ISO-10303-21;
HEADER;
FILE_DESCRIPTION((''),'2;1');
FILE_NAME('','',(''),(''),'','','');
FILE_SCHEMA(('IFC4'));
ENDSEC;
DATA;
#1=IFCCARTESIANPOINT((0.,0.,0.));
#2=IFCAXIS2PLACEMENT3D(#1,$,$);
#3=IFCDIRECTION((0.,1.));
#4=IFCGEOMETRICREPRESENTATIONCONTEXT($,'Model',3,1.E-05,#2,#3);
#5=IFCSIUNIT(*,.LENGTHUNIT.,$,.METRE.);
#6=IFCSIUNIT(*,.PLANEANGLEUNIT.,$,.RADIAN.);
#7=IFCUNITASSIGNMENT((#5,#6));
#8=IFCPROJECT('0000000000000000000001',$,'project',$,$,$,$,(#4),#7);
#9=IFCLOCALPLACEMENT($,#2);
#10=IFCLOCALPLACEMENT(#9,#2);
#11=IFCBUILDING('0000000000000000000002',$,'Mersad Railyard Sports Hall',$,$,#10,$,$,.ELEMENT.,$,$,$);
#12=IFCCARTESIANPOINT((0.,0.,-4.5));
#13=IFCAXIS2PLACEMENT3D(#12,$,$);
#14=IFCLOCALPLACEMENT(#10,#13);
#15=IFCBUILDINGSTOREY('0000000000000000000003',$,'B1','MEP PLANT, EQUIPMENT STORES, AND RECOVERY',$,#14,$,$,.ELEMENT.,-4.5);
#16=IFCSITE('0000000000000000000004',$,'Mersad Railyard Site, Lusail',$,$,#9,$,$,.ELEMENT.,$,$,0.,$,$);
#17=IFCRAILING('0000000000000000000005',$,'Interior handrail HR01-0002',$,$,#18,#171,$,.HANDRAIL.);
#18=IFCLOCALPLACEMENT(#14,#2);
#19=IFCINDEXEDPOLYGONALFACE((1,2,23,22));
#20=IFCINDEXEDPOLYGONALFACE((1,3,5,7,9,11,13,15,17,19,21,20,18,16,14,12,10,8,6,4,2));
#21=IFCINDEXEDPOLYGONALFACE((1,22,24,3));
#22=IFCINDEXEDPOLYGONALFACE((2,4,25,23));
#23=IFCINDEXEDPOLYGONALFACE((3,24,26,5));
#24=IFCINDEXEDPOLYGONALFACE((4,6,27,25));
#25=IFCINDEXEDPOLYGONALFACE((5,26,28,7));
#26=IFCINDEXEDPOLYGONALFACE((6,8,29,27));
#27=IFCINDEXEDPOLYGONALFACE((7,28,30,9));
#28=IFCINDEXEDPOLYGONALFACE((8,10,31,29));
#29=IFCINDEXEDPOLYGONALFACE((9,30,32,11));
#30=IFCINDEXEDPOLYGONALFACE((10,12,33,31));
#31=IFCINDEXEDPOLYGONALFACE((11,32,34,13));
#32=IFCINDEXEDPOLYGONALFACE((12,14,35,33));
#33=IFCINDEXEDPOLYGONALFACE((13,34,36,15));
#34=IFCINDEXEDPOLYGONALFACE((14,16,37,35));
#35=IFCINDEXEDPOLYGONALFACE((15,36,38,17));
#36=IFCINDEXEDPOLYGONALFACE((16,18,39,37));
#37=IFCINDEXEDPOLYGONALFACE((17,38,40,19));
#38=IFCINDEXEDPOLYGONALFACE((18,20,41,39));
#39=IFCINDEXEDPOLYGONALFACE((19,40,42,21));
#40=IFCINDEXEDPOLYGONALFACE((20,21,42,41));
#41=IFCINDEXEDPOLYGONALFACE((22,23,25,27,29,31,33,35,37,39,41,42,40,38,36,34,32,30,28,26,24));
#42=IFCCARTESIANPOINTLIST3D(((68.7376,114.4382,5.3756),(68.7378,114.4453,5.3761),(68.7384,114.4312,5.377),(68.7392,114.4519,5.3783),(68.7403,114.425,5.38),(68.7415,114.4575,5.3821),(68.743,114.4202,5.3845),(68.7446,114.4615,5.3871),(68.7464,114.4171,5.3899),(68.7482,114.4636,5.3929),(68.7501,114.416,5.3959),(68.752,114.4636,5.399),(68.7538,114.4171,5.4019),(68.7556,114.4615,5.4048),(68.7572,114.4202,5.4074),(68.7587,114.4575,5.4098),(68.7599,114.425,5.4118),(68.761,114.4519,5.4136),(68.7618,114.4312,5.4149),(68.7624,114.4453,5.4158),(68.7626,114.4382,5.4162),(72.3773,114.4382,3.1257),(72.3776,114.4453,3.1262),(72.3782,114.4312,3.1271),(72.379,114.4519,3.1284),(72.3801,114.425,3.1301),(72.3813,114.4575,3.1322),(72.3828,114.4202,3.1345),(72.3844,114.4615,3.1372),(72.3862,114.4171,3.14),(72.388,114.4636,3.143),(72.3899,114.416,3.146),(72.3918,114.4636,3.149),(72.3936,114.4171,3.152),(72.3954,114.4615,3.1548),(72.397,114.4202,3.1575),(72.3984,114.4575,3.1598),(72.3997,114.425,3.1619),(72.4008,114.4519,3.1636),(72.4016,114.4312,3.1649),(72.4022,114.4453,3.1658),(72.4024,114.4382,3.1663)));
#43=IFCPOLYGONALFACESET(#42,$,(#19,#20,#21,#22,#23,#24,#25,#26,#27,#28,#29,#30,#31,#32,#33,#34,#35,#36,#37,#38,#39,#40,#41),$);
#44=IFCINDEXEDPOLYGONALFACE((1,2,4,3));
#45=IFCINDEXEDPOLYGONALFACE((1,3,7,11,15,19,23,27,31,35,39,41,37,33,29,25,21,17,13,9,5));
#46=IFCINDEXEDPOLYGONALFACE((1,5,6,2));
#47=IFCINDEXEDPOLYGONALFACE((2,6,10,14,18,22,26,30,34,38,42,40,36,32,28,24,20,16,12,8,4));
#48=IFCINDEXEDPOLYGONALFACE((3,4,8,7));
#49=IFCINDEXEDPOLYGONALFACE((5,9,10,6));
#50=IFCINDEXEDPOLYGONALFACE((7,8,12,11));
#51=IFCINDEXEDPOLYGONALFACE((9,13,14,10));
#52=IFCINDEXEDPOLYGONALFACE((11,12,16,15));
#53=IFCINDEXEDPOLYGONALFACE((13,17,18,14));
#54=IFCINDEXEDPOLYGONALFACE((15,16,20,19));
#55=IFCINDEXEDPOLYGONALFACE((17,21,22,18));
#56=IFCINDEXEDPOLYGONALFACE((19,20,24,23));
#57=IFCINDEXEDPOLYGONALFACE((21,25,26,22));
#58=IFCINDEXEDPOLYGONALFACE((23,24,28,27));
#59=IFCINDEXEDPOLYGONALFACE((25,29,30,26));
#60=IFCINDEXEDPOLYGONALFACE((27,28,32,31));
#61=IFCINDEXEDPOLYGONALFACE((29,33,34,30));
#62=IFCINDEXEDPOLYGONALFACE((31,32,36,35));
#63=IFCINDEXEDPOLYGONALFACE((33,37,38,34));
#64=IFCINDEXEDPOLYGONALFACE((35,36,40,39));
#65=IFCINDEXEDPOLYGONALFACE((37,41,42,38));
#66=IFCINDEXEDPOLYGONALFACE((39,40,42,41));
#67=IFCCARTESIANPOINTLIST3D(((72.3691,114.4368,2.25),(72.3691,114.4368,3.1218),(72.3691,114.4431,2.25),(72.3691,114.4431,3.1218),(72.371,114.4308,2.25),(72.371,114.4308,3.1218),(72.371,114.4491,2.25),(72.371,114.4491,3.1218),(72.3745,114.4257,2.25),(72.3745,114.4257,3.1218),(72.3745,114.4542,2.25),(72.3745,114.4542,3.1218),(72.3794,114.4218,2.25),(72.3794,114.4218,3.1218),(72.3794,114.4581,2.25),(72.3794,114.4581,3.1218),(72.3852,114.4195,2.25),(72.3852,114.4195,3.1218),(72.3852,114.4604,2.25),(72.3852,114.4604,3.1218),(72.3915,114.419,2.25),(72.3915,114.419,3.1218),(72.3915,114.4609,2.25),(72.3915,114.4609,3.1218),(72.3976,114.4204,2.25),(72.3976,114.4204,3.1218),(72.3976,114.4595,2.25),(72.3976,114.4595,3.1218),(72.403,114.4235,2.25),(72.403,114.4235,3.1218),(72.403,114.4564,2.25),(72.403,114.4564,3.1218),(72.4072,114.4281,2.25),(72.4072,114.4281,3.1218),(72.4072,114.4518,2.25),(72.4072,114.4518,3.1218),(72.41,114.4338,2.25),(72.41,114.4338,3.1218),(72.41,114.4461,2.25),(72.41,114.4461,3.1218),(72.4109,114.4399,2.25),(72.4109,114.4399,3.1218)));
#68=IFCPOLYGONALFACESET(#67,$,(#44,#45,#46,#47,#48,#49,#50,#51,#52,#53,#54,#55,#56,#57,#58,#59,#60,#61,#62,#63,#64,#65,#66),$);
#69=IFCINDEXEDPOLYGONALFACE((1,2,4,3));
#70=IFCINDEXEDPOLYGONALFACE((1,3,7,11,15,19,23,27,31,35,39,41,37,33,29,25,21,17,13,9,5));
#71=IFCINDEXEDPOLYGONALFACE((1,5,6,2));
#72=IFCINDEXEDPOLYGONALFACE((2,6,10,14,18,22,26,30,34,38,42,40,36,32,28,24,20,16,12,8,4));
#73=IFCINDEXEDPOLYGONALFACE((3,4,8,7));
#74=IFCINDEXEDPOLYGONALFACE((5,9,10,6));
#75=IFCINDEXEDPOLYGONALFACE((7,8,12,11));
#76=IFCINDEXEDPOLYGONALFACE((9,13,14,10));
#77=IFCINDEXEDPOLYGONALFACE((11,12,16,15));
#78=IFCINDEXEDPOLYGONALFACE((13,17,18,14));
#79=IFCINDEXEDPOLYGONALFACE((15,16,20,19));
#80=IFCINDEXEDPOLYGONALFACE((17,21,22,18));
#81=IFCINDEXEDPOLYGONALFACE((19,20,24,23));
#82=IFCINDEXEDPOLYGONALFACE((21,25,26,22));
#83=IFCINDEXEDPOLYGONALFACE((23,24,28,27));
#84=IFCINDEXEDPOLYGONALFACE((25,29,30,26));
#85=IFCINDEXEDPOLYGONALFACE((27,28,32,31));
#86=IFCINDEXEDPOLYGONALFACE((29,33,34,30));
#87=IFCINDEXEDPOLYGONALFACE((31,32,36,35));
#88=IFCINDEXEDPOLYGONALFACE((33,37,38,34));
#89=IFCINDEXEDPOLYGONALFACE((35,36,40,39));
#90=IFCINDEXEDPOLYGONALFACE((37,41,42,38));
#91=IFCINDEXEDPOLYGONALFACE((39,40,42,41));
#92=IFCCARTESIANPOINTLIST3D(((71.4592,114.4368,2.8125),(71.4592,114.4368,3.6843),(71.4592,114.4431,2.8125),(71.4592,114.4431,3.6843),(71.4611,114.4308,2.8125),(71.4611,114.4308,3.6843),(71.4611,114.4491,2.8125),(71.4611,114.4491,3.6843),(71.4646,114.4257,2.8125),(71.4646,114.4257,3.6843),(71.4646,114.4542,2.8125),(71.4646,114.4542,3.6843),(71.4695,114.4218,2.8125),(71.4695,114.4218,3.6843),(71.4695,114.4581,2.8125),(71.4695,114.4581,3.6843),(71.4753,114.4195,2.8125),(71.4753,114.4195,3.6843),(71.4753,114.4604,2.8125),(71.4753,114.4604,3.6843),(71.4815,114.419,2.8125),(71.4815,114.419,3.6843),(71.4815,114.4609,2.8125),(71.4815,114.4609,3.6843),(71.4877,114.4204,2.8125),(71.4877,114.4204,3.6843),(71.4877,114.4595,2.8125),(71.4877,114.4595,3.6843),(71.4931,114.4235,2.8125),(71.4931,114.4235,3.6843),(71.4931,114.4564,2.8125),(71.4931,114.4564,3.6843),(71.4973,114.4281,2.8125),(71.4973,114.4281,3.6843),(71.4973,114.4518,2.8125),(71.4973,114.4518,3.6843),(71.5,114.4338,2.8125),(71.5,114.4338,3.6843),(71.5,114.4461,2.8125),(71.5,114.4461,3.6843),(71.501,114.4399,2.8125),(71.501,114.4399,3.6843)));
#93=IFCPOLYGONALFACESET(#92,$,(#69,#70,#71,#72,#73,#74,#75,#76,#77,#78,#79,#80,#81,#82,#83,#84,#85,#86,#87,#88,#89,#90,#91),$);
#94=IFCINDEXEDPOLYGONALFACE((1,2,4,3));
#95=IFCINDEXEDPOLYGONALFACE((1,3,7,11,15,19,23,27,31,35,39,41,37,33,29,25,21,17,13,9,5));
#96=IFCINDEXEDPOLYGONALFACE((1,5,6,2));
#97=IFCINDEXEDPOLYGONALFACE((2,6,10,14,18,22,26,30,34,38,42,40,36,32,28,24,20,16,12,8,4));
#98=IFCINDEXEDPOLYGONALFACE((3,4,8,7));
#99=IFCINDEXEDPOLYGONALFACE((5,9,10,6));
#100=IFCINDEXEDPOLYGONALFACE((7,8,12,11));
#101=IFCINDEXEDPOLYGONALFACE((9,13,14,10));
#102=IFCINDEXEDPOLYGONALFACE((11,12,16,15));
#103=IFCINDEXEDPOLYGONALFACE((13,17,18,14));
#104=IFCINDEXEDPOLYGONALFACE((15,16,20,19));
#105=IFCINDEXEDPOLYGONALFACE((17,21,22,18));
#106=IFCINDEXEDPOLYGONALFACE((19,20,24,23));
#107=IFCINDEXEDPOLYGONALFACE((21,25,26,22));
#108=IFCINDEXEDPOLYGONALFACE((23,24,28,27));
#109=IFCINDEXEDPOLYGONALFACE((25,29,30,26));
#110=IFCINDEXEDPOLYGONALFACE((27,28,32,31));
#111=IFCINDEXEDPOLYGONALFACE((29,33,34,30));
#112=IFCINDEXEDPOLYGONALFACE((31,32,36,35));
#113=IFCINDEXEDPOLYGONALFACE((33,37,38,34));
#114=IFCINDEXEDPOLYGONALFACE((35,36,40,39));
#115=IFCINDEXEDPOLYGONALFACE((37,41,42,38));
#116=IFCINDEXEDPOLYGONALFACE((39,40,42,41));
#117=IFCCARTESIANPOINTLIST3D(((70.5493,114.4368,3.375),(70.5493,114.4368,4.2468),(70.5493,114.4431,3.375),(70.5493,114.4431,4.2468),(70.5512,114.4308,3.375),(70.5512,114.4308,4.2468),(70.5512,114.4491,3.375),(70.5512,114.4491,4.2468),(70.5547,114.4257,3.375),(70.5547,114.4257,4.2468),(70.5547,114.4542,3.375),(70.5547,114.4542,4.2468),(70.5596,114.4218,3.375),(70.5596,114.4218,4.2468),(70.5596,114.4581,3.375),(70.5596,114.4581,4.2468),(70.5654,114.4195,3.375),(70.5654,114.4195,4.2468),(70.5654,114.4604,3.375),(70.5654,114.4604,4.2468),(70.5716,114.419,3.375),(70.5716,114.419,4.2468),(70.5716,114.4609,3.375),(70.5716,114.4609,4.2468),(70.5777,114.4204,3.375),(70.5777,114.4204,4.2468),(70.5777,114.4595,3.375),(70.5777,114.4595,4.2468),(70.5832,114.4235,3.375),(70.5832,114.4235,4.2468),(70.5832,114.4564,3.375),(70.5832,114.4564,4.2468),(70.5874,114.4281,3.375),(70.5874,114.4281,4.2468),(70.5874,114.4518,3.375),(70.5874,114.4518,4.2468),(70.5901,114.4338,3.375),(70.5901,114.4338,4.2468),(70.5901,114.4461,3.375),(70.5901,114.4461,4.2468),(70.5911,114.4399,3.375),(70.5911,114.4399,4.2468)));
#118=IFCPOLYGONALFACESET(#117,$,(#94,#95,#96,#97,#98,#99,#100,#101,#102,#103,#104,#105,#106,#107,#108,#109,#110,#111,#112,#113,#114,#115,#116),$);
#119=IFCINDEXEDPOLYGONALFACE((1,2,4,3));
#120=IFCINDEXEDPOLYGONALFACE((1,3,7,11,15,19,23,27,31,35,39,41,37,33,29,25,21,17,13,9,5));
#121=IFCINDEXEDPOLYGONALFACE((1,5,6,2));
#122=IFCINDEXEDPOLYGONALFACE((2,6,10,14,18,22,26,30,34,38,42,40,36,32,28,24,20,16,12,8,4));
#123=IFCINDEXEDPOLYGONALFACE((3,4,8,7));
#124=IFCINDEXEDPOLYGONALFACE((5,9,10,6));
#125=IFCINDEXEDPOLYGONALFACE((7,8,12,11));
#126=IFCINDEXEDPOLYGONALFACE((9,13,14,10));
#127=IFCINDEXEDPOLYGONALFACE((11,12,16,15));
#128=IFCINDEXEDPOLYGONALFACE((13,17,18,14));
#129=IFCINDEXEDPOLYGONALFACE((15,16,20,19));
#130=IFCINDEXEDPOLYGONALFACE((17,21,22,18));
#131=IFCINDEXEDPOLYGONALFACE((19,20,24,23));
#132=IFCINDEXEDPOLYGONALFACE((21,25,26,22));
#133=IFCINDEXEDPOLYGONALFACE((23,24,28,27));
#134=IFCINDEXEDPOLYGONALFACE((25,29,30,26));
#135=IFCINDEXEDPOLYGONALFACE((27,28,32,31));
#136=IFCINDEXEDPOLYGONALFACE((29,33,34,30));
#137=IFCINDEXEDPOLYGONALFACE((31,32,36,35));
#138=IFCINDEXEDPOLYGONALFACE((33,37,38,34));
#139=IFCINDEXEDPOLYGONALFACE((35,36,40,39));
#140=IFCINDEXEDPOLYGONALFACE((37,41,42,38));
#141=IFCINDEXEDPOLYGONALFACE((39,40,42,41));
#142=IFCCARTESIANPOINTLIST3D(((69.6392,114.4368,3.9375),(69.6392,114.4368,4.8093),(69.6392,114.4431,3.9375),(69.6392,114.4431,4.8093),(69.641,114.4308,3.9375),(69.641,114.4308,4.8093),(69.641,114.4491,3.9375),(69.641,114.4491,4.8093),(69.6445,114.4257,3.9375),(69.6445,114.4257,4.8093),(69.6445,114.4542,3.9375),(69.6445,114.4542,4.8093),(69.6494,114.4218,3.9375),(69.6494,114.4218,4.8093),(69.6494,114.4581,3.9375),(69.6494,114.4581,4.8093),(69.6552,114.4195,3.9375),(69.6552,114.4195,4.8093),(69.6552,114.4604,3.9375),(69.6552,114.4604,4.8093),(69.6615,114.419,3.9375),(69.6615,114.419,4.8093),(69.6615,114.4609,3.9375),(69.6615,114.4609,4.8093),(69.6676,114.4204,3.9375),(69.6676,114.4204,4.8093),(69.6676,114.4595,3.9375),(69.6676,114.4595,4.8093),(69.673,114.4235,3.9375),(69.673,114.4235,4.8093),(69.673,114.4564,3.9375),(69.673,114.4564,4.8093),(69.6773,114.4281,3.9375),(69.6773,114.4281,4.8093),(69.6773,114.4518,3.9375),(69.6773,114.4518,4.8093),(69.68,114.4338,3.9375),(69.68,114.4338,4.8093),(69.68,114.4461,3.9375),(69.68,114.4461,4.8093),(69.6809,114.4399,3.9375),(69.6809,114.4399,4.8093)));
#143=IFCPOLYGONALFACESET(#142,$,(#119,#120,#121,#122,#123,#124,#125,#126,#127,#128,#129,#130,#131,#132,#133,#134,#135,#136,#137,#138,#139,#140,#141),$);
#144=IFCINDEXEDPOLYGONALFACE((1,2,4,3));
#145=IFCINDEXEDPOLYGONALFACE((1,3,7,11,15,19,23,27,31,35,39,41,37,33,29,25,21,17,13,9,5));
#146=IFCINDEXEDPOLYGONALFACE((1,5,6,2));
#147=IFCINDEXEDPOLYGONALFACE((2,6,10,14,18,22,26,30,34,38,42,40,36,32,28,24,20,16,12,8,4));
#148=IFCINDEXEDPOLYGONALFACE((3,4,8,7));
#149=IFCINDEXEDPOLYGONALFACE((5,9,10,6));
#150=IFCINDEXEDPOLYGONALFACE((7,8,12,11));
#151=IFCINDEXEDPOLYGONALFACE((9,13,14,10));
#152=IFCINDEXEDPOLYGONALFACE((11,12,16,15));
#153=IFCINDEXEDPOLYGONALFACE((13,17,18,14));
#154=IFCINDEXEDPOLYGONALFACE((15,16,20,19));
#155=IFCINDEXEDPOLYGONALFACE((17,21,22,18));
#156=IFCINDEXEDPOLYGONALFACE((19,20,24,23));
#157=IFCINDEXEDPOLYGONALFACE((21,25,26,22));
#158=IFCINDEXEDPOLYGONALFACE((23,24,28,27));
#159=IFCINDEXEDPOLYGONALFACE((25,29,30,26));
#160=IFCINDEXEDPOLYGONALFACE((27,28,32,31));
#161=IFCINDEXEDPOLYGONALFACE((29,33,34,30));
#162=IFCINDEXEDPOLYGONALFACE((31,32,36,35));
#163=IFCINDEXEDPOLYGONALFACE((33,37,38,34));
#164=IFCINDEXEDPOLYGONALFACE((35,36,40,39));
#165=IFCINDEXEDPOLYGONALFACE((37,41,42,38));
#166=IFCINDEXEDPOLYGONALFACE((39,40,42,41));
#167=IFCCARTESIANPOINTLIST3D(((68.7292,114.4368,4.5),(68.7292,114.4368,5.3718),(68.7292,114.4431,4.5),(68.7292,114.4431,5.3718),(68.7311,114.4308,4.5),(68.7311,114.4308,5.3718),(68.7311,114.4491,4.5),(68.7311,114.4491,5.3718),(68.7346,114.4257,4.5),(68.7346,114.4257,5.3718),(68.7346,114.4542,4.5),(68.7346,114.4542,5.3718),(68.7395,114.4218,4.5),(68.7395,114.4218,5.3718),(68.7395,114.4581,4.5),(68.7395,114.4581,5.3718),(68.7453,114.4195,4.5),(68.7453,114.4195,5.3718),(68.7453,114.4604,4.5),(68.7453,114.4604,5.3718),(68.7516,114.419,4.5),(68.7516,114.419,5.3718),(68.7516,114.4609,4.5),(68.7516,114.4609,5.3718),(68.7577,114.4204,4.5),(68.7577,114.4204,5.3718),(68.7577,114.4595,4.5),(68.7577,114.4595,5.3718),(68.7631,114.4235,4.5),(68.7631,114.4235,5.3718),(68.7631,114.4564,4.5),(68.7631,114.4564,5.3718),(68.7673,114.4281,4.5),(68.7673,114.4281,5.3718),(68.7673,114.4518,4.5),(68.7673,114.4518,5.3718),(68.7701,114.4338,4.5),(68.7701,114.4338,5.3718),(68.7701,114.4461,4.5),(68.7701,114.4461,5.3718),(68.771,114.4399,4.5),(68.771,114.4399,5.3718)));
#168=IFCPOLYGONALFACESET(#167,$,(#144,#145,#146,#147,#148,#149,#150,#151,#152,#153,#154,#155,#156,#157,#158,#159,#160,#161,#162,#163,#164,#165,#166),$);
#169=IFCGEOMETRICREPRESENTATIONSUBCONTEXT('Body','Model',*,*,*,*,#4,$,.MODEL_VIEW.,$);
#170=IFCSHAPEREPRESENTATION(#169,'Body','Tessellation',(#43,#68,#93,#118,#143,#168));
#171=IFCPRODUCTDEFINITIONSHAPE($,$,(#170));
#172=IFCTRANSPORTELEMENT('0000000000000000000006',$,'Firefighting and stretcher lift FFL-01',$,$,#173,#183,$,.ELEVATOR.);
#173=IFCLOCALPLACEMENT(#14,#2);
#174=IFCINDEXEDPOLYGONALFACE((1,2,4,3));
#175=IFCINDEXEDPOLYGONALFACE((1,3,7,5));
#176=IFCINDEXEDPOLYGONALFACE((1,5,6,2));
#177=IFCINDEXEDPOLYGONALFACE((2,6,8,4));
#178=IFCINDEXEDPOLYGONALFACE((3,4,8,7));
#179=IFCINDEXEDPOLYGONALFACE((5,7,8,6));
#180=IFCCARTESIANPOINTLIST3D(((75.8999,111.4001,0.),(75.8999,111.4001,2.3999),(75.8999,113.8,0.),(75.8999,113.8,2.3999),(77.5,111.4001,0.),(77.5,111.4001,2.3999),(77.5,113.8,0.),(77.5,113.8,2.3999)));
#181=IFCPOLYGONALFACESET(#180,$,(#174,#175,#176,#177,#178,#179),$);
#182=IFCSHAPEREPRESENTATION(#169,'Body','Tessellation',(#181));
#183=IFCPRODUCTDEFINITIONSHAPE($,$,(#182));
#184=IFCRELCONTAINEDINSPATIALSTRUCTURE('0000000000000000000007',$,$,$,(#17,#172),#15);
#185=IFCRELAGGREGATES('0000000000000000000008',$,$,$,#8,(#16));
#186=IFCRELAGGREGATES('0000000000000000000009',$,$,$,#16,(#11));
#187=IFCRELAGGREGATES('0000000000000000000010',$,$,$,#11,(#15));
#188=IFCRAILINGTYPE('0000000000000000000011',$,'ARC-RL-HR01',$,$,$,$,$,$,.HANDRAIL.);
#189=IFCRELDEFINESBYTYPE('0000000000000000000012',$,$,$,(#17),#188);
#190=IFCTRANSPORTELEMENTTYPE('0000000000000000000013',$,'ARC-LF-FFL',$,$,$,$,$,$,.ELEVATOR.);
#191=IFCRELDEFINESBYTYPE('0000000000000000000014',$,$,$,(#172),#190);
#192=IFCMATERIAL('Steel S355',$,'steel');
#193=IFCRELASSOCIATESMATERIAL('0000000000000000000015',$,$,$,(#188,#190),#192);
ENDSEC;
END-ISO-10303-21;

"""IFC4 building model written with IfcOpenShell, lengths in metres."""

from ifc_helpers import new_model, si_unit, direction, frame, origin, origin_2d, place, context, subcontext, project, spatial, rectangle, circle, extrude, material, type_object, element, save


model = new_model("IFC4")

# Units and contexts
model_context = context("Model", 3, precision=1e-05, world=origin(), true_north=direction((0.0, 1.0)))
body_context = subcontext(model_context, "Body", "Model", "MODEL_VIEW")
ifc_project = project(units=[si_unit("LENGTHUNIT", "METRE"), si_unit("PLANEANGLEUNIT", "RADIAN")], contexts=[model_context])

# Site, building, storey
site_placement = place(None, origin())
site = spatial("IfcSite", under=ifc_project, at=site_placement, Name="Mersad Railyard Site, Lusail", CompositionType="ELEMENT", RefElevation=0.0)
building_placement = place(site_placement, origin())
building = spatial("IfcBuilding", under=site, at=building_placement, Name="Mersad Railyard Sports Hall", CompositionType="ELEMENT")
storey_placement = place(building_placement, frame((0.0, 0.0, -4.5)))
storey = spatial("IfcBuildingStorey", under=building, at=storey_placement, Name="B1", Description="MEP PLANT, EQUIPMENT STORES, AND RECOVERY", CompositionType="ELEMENT", Elevation=-4.5)

# Shared definitions
ifc_material_1 = material(Name="Steel S355", Category="steel")

# Railing
railing_type_1 = type_object("IfcRailingType", Name="ARC-RL-HR01", PredefinedType="HANDRAIL", material=ifc_material_1)
railing_1_placement = place(storey_placement, frame((72.3899, 114.4399, 2.25)))
element("IfcRailing", 1, at=railing_1_placement, inside=storey, type_object=railing_type_1, Name="Interior handrail HR01-0002", PredefinedType="HANDRAIL", context=body_context, shape_type="SweptSolid", body=[
    extrude(circle(Radius=0.0239, at=origin_2d()), frame((0.0, 0.0, 0.896), z_axis=(-0.850607, 0.0, 0.525803), x_axis=(0.0, -1.0, 0.0)), (0.0, 0.0, 1.0), 4.2791),
    extrude(circle(Radius=0.021, at=origin_2d()), origin(), (0.0, 0.0, 1.0), 0.8718),
    extrude(circle(Radius=0.021, at=origin_2d()), frame((-0.9099, 0.0, 0.5625)), (0.0, 0.0, 1.0), 0.8718),
    extrude(circle(Radius=0.021, at=origin_2d()), frame((-1.8198, 0.0, 1.125)), (0.0, 0.0, 1.0), 0.8718),
    extrude(circle(Radius=0.021, at=origin_2d()), frame((-2.73, 0.0, 1.6875)), (0.0, 0.0, 1.0), 0.8718),
    extrude(circle(Radius=0.021, at=origin_2d()), frame((-3.6399, 0.0, 2.25)), (0.0, 0.0, 1.0), 0.8718),
])

# Transport element
transport_element_type = type_object("IfcTransportElementType", Name="ARC-LF-FFL", PredefinedType="ELEVATOR", material=ifc_material_1)
transport_element_placement = place(storey_placement, frame((76.7, 112.6001, 0.0), z_axis=(0.0, 0.0, 1.0), x_axis=(1.0, 0.0, 0.0)))
element("IfcTransportElement", 2, at=transport_element_placement, inside=storey, type_object=transport_element_type, Name="Firefighting and stretcher lift FFL-01", PredefinedType="ELEVATOR", context=body_context, shape_type="SweptSolid", body=[
    extrude(rectangle(XDim=1.6001, YDim=2.3999, at=origin_2d()), origin(), (0.0, 0.0, 1.0), 2.3999),
])

save(model, "model.ifc")
